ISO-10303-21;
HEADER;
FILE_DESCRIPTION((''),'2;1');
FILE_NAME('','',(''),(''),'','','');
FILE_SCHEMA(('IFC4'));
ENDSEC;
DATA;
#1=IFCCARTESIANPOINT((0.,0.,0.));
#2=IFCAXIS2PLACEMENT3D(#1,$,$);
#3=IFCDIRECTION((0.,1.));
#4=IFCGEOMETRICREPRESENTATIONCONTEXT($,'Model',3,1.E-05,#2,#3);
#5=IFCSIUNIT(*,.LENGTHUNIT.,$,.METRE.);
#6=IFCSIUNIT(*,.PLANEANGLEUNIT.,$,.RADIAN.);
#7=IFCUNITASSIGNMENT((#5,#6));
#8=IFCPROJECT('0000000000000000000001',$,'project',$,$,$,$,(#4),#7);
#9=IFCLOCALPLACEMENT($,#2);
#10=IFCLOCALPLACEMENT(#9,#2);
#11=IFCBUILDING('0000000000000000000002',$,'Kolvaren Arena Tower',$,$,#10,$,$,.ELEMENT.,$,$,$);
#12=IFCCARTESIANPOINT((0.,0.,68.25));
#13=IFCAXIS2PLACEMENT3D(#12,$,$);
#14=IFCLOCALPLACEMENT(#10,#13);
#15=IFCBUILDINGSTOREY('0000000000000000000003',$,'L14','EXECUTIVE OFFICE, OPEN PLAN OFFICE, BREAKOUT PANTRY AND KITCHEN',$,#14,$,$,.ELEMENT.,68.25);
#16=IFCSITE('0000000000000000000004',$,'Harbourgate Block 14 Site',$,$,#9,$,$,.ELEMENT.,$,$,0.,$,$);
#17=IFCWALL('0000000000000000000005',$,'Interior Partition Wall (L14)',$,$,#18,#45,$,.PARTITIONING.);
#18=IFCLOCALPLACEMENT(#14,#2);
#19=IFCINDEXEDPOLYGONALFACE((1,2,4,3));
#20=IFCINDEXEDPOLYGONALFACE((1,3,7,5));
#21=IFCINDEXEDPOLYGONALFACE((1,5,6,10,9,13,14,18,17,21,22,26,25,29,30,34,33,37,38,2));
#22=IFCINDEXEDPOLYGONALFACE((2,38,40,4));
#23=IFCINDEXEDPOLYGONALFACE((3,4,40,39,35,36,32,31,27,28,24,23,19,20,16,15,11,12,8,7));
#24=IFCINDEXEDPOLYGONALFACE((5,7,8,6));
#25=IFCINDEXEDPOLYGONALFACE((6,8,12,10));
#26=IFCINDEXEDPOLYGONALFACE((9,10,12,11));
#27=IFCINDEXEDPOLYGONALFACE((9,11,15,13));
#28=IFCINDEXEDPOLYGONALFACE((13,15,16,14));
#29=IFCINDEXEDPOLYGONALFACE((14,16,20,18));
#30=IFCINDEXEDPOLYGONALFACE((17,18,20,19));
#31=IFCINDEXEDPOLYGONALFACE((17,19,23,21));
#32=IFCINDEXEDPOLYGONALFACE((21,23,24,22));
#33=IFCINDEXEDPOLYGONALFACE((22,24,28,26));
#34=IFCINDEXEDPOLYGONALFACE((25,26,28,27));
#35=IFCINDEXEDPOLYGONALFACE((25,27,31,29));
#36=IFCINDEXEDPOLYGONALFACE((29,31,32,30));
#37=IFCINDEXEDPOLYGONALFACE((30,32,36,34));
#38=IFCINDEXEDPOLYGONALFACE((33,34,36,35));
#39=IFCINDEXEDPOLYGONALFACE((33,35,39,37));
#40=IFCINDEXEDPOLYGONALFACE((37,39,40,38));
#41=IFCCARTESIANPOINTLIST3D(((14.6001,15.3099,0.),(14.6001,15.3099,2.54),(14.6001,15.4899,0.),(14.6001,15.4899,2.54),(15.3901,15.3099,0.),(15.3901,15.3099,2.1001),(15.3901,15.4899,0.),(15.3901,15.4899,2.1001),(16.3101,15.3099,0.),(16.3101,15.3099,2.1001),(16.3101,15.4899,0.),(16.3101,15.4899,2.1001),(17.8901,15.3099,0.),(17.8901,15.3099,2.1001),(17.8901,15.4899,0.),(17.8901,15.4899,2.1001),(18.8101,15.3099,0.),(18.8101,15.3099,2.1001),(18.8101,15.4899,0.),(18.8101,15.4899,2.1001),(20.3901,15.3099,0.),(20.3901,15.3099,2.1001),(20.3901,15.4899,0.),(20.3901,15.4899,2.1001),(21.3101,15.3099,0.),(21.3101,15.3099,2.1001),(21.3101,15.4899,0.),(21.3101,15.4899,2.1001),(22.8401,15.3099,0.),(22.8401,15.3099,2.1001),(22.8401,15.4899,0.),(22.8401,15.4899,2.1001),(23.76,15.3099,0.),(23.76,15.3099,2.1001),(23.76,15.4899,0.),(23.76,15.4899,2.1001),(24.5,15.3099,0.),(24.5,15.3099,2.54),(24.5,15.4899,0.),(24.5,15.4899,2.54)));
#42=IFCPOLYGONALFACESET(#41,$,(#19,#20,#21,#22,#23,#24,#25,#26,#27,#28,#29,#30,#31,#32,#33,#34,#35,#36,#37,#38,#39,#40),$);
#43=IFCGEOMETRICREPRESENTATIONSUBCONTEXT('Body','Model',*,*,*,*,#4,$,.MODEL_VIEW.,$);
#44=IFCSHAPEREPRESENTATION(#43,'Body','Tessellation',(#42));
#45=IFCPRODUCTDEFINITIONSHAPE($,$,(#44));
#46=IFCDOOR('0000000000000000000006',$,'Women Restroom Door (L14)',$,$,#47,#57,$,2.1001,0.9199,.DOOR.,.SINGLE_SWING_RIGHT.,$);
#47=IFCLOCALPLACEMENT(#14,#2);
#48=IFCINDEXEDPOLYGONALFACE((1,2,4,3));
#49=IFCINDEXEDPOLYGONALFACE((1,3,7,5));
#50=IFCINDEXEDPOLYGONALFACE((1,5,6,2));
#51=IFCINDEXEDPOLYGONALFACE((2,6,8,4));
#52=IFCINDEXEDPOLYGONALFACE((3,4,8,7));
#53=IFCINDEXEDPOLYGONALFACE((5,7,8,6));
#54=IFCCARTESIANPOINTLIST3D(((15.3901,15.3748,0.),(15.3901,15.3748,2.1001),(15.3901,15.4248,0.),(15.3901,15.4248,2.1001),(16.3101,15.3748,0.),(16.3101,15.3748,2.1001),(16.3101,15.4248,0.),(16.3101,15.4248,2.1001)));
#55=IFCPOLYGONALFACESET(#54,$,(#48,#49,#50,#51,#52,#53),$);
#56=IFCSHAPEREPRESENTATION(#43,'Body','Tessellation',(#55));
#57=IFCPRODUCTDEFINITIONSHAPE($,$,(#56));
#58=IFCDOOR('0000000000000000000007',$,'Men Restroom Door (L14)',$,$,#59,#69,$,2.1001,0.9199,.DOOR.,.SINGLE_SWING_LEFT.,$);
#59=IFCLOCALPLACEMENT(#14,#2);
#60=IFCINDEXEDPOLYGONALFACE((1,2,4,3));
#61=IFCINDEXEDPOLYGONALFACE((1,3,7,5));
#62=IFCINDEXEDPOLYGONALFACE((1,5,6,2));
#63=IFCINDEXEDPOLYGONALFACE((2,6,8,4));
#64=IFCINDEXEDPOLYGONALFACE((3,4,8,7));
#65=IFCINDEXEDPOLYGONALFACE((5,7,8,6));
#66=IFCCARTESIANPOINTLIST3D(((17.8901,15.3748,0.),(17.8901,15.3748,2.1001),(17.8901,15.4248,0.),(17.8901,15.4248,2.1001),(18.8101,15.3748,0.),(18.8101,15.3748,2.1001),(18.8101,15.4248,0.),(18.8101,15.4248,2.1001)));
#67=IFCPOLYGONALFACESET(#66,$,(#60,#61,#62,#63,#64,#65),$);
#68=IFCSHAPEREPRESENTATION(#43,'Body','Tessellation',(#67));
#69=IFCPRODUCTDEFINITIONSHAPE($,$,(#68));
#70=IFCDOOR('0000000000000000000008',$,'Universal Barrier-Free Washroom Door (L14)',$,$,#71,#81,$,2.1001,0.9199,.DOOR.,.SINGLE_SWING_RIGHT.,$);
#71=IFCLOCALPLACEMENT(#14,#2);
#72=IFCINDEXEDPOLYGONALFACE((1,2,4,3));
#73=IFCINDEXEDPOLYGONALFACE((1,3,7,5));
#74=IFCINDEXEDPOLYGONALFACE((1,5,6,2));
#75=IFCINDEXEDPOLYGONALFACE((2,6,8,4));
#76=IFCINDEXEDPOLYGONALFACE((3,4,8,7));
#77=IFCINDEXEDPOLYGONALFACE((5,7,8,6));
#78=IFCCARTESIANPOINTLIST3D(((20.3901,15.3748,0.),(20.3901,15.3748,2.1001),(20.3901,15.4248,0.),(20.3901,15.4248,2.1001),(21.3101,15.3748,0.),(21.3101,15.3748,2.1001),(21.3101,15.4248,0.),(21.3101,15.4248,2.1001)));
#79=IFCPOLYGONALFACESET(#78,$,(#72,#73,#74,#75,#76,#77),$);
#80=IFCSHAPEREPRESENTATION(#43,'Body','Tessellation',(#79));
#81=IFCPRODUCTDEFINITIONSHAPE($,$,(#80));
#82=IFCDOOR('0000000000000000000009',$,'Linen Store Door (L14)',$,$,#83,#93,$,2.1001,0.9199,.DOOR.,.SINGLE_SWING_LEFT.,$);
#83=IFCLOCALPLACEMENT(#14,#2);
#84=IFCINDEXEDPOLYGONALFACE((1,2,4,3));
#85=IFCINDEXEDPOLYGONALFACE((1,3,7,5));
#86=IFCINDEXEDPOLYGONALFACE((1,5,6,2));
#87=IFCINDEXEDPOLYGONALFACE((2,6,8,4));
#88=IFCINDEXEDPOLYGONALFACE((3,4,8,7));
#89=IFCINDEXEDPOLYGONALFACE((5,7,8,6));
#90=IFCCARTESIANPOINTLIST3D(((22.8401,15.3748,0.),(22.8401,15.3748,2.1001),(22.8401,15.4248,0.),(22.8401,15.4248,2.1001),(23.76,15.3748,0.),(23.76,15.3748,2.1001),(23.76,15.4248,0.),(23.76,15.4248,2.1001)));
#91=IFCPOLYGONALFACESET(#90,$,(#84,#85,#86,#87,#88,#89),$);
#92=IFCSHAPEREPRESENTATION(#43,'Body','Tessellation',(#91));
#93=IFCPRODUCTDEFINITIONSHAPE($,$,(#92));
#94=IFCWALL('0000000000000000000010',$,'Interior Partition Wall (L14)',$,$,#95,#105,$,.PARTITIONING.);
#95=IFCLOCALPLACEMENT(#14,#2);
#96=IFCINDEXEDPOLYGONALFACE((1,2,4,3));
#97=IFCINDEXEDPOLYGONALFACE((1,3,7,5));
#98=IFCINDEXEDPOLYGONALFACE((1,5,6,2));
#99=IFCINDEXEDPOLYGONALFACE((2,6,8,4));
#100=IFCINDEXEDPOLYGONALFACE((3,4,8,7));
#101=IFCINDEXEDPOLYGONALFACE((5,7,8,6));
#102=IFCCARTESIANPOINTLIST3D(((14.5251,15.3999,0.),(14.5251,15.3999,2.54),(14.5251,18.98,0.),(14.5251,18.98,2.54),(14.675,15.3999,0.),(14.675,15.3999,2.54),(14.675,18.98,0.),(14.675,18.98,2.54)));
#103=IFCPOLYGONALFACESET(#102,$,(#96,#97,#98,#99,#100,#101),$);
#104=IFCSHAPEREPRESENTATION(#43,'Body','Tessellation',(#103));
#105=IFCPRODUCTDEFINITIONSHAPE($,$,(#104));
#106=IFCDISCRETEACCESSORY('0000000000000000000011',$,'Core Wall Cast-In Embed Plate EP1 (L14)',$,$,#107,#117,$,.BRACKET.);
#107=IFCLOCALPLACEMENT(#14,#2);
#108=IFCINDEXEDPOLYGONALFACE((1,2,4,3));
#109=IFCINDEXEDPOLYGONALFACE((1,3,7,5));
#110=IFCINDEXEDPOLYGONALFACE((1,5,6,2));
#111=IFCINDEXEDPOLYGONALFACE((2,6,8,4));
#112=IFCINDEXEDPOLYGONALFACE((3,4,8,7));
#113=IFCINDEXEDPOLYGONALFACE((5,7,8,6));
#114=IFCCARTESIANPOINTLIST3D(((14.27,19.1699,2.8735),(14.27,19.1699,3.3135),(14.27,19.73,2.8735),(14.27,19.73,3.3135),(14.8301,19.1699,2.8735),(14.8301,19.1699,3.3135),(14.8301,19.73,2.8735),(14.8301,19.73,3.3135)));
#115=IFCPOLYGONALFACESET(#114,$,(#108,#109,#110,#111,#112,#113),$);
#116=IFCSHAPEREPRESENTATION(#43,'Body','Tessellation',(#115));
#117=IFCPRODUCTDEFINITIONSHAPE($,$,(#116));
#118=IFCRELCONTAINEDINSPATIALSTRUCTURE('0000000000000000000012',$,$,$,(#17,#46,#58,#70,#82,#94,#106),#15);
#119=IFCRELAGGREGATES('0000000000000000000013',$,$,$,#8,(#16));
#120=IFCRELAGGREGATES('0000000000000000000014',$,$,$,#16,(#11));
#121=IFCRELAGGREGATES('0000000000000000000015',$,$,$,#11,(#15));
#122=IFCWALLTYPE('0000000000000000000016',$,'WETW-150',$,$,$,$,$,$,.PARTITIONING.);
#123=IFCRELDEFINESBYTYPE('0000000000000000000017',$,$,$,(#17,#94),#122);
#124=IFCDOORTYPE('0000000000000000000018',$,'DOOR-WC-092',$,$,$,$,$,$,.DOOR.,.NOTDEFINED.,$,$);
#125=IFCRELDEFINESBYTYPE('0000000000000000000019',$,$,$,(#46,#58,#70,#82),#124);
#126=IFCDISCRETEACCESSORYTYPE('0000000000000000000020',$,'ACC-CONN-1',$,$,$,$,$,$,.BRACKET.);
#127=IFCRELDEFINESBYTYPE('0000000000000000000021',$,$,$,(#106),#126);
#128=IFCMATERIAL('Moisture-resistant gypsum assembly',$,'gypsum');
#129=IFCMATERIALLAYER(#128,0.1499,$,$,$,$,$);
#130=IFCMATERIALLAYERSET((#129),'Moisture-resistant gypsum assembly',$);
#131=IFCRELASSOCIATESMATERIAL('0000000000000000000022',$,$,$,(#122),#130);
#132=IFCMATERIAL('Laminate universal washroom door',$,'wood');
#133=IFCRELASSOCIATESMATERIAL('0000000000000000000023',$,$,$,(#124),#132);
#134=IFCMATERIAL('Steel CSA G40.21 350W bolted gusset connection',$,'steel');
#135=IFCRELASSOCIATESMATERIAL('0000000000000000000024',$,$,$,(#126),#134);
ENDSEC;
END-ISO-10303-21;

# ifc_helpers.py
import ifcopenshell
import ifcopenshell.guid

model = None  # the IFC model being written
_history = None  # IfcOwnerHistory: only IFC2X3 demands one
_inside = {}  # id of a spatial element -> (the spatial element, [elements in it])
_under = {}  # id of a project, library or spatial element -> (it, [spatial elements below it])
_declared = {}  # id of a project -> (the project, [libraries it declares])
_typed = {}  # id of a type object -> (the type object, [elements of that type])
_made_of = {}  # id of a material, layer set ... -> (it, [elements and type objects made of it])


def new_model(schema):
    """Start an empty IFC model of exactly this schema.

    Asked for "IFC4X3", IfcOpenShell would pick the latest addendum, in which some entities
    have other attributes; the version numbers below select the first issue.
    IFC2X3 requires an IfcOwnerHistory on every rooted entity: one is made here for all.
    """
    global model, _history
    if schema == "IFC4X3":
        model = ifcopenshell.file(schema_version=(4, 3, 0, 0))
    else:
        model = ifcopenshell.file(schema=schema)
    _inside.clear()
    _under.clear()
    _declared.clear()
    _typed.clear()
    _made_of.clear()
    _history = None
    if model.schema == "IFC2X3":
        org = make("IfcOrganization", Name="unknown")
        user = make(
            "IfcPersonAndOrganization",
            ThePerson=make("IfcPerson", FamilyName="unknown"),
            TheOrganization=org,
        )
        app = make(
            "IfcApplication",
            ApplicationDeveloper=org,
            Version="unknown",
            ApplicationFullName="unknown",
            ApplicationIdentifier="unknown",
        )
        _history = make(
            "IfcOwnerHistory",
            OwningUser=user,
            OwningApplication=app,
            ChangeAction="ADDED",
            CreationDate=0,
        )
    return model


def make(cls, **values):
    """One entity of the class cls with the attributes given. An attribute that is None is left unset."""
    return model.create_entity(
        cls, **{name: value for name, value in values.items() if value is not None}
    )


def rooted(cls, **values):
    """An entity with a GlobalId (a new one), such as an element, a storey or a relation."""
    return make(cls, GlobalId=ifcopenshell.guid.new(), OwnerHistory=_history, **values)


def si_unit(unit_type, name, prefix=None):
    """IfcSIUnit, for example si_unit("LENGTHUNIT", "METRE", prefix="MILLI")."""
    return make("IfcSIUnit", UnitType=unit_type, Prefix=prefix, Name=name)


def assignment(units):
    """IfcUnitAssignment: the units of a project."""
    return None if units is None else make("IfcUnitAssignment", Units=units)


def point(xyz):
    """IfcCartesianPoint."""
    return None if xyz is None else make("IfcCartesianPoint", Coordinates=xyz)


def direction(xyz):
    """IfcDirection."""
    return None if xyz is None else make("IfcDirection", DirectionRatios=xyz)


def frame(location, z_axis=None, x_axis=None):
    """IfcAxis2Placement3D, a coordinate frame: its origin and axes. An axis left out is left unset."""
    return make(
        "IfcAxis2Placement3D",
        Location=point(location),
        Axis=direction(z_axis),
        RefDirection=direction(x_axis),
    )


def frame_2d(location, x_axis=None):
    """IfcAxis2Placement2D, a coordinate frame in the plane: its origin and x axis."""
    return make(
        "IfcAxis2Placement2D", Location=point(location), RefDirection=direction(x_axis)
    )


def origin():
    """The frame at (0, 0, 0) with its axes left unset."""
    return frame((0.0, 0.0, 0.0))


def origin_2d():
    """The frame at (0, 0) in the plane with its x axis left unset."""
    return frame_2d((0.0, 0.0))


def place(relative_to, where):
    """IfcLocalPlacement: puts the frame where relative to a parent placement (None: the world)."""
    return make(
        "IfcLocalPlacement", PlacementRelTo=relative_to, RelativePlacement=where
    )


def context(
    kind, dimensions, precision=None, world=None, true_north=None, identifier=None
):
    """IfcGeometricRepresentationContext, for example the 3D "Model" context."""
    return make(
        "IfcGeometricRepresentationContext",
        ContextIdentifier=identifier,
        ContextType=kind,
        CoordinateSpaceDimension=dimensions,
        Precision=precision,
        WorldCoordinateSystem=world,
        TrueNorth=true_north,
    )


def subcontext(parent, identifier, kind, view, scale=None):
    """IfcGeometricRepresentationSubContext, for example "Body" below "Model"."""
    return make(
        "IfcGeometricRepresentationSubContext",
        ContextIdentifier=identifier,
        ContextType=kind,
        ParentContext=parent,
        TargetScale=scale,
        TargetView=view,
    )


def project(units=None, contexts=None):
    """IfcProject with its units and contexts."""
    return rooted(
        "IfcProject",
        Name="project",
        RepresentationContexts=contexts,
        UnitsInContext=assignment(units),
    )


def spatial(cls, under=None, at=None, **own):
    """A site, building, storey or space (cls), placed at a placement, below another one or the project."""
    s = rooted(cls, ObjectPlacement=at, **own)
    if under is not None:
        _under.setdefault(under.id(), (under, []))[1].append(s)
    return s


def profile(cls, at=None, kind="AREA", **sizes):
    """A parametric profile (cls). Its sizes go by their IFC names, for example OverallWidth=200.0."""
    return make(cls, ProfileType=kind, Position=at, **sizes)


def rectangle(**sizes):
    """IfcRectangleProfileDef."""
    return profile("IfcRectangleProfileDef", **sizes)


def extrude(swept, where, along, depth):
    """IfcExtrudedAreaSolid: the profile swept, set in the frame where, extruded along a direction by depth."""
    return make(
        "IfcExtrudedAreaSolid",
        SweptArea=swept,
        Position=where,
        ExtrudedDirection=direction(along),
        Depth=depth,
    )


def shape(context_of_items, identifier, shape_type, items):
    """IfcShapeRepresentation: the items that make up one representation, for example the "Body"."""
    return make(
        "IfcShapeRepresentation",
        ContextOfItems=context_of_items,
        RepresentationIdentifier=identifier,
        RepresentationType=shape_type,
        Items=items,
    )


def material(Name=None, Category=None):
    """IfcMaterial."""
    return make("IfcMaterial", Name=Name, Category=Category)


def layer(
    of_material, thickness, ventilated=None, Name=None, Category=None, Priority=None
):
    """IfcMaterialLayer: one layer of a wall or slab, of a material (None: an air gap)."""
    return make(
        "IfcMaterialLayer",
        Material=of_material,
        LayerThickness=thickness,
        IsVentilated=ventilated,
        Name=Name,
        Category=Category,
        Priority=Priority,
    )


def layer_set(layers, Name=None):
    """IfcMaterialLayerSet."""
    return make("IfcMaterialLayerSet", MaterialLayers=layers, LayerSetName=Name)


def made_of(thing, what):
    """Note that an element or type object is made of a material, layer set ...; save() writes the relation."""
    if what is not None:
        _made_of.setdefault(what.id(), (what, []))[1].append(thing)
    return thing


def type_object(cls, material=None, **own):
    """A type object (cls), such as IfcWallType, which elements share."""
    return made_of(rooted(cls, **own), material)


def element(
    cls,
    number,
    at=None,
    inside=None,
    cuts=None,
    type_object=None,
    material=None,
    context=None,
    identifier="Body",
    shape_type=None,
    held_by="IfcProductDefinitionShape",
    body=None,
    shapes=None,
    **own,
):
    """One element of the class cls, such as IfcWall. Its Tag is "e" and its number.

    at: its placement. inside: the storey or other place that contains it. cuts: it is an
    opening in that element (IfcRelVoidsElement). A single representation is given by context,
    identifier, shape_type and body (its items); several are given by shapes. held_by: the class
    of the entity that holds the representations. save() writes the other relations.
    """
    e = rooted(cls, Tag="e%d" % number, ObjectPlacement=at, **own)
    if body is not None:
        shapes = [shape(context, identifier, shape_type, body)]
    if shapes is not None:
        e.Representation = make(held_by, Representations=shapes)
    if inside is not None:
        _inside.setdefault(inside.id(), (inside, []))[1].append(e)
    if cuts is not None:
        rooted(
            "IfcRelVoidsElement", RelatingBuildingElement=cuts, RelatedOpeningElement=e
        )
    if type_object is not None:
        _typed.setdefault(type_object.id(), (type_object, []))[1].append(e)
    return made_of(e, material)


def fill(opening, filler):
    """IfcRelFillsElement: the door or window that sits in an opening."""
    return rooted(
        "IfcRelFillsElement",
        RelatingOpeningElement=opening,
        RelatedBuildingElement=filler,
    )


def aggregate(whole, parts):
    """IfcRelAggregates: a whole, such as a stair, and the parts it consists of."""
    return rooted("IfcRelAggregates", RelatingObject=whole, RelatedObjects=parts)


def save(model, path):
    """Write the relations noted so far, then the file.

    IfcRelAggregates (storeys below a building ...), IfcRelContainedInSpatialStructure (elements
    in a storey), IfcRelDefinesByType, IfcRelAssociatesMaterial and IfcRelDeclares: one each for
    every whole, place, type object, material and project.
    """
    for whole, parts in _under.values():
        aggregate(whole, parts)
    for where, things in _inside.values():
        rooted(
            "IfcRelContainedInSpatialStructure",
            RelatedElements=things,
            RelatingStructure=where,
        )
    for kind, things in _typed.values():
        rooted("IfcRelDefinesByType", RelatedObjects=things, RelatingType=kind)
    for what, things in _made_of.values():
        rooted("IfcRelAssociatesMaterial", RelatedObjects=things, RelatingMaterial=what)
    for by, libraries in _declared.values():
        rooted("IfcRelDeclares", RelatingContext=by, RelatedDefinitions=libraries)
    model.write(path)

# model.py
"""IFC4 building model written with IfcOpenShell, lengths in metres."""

from ifc_helpers import new_model, si_unit, direction, frame, frame_2d, origin, origin_2d, place, context, subcontext, project, spatial, rectangle, extrude, material, layer, layer_set, type_object, element, fill, save


model = new_model("IFC4")

# Units and contexts
model_context = context("Model", 3, precision=1e-05, world=origin(), true_north=direction((0.0, 1.0)))
body_context = subcontext(model_context, "Body", "Model", "MODEL_VIEW")
ifc_project = project(units=[si_unit("LENGTHUNIT", "METRE"), si_unit("PLANEANGLEUNIT", "RADIAN")], contexts=[model_context])

# Site, building, storey
site_placement = place(None, origin())
site = spatial("IfcSite", under=ifc_project, at=site_placement, Name="Harbourgate Block 14 Site", CompositionType="ELEMENT", RefElevation=0.0)
building_placement = place(site_placement, origin())
building = spatial("IfcBuilding", under=site, at=building_placement, Name="Kolvaren Arena Tower", CompositionType="ELEMENT")
storey_placement = place(building_placement, frame((0.0, 0.0, 68.25)))
storey = spatial("IfcBuildingStorey", under=building, at=storey_placement, Name="L14", Description="EXECUTIVE OFFICE, OPEN PLAN OFFICE, BREAKOUT PANTRY AND KITCHEN", CompositionType="ELEMENT", Elevation=68.25)

# Wall, openings, doors
ifc_material_1 = material(Name="Moisture-resistant gypsum assembly", Category="gypsum")
ifc_layer_1 = layer(ifc_material_1, 0.1499)
ifc_layer_set_1 = layer_set([ifc_layer_1], Name="Moisture-resistant gypsum assembly")
wall_type_1 = type_object("IfcWallType", Name="WETW-150", PredefinedType="PARTITIONING", material=ifc_layer_set_1)
wall_1_placement = place(storey_placement, frame((14.6001, 15.3999, 0.0), z_axis=(0.0, 0.0, 1.0), x_axis=(1.0, 0.0, 0.0)))
wall_1 = element("IfcWall", 1, at=wall_1_placement, inside=storey, type_object=wall_type_1, Name="Interior Partition Wall (L14)", PredefinedType="PARTITIONING", context=body_context, shape_type="SweptSolid", body=[
    extrude(rectangle(XDim=9.8999, YDim=0.1799, at=frame_2d((4.95, 0.0))), origin(), (0.0, 0.0, 1.0), 2.54),
])
opening_1_placement = place(wall_1_placement, frame((0.79, 0.0, 0.0)))
opening_1 = element("IfcOpeningElement", 2, at=opening_1_placement, cuts=wall_1, PredefinedType="OPENING", context=body_context, shape_type="SweptSolid", body=[
    extrude(rectangle(XDim=0.9199, YDim=2.1001, at=frame_2d((0.46, 1.05))), frame((0.0, 0.0999, 0.0), z_axis=(0.0, -1.0, 0.0), x_axis=(1.0, 0.0, 0.0)), (0.0, 0.0, 1.0), 0.2),
])
opening_2_placement = place(wall_1_placement, frame((3.29, 0.0, 0.0)))
opening_2 = element("IfcOpeningElement", 3, at=opening_2_placement, cuts=wall_1, PredefinedType="OPENING", context=body_context, shape_type="SweptSolid", body=[
    extrude(rectangle(XDim=0.9199, YDim=2.1001, at=frame_2d((0.46, 1.05))), frame((0.0, 0.0999, 0.0), z_axis=(0.0, -1.0, 0.0), x_axis=(1.0, 0.0, 0.0)), (0.0, 0.0, 1.0), 0.2),
])
opening_3_placement = place(wall_1_placement, frame((5.79, 0.0, 0.0)))
opening_3 = element("IfcOpeningElement", 4, at=opening_3_placement, cuts=wall_1, PredefinedType="OPENING", context=body_context, shape_type="SweptSolid", body=[
    extrude(rectangle(XDim=0.9199, YDim=2.1001, at=frame_2d((0.46, 1.05))), frame((0.0, 0.0999, 0.0), z_axis=(0.0, -1.0, 0.0), x_axis=(1.0, 0.0, 0.0)), (0.0, 0.0, 1.0), 0.2),
])
opening_4_placement = place(wall_1_placement, frame((8.24, 0.0, 0.0)))
opening_4 = element("IfcOpeningElement", 5, at=opening_4_placement, cuts=wall_1, PredefinedType="OPENING", context=body_context, shape_type="SweptSolid", body=[
    extrude(rectangle(XDim=0.9199, YDim=2.1001, at=frame_2d((0.46, 1.05))), frame((0.0, 0.0999, 0.0), z_axis=(0.0, -1.0, 0.0), x_axis=(1.0, 0.0, 0.0)), (0.0, 0.0, 1.0), 0.2),
])
ifc_material_2 = material(Name="Laminate universal washroom door", Category="wood")
door_type_1 = type_object("IfcDoorType", Name="DOOR-WC-092", OperationType="NOTDEFINED", PredefinedType="DOOR", material=ifc_material_2)
door_1_placement = place(opening_1_placement, origin())
door_1 = element("IfcDoor", 6, at=door_1_placement, inside=storey, type_object=door_type_1, Name="Women Restroom Door (L14)", OperationType="SINGLE_SWING_RIGHT", OverallHeight=2.1001, OverallWidth=0.9199, PredefinedType="DOOR", context=body_context, shape_type="SweptSolid", body=[
    extrude(rectangle(XDim=0.9199, YDim=2.1001, at=frame_2d((0.46, 1.05))), frame((0.0, 0.0249, 0.0), z_axis=(0.0, -1.0, 0.0), x_axis=(1.0, 0.0, 0.0)), (0.0, 0.0, 1.0), 0.05),
])
fill(opening_1, door_1)
door_2_placement = place(opening_2_placement, origin())
door_2 = element("IfcDoor", 7, at=door_2_placement, inside=storey, type_object=door_type_1, Name="Men Restroom Door (L14)", OperationType="SINGLE_SWING_LEFT", OverallHeight=2.1001, OverallWidth=0.9199, PredefinedType="DOOR", context=body_context, shape_type="SweptSolid", body=[
    extrude(rectangle(XDim=0.9199, YDim=2.1001, at=frame_2d((0.46, 1.05))), frame((0.0, 0.0249, 0.0), z_axis=(0.0, -1.0, 0.0), x_axis=(1.0, 0.0, 0.0)), (0.0, 0.0, 1.0), 0.05),
])
fill(opening_2, door_2)
door_3_placement = place(opening_3_placement, origin())
door_3 = element("IfcDoor", 8, at=door_3_placement, inside=storey, type_object=door_type_1, Name="Universal Barrier-Free Washroom Door (L14)", OperationType="SINGLE_SWING_RIGHT", OverallHeight=2.1001, OverallWidth=0.9199, PredefinedType="DOOR", context=body_context, shape_type="SweptSolid", body=[
    extrude(rectangle(XDim=0.9199, YDim=2.1001, at=frame_2d((0.46, 1.05))), frame((0.0, 0.0249, 0.0), z_axis=(0.0, -1.0, 0.0), x_axis=(1.0, 0.0, 0.0)), (0.0, 0.0, 1.0), 0.05),
])
fill(opening_3, door_3)
door_4_placement = place(opening_4_placement, origin())
door_4 = element("IfcDoor", 9, at=door_4_placement, inside=storey, type_object=door_type_1, Name="Linen Store Door (L14)", OperationType="SINGLE_SWING_LEFT", OverallHeight=2.1001, OverallWidth=0.9199, PredefinedType="DOOR", context=body_context, shape_type="SweptSolid", body=[
    extrude(rectangle(XDim=0.9199, YDim=2.1001, at=frame_2d((0.46, 1.05))), frame((0.0, 0.0249, 0.0), z_axis=(0.0, -1.0, 0.0), x_axis=(1.0, 0.0, 0.0)), (0.0, 0.0, 1.0), 0.05),
])
fill(opening_4, door_4)

# Wall
wall_2_placement = place(storey_placement, frame((14.6001, 15.3999, 0.0), z_axis=(0.0, 0.0, 1.0), x_axis=(0.0, 1.0, 0.0)))
element("IfcWall", 10, at=wall_2_placement, inside=storey, type_object=wall_type_1, Name="Interior Partition Wall (L14)", PredefinedType="PARTITIONING", context=body_context, shape_type="SweptSolid", body=[
    extrude(rectangle(XDim=3.5801, YDim=0.1499, at=frame_2d((1.79, 0.0))), origin(), (0.0, 0.0, 1.0), 2.54),
])

# Discrete accessory
ifc_material_3 = material(Name="Steel CSA G40.21 350W bolted gusset connection", Category="steel")
discrete_accessory_type = type_object("IfcDiscreteAccessoryType", Name="ACC-CONN-1", PredefinedType="BRACKET", material=ifc_material_3)
discrete_accessory_placement = place(storey_placement, frame((14.55, 19.45, 2.8735), z_axis=(0.0, 0.0, 1.0), x_axis=(1.0, 0.0, 0.0)))
element("IfcDiscreteAccessory", 11, at=discrete_accessory_placement, inside=storey, type_object=discrete_accessory_type, Name="Core Wall Cast-In Embed Plate EP1 (L14)", PredefinedType="BRACKET", context=body_context, shape_type="SweptSolid", body=[
    extrude(rectangle(XDim=0.5601, YDim=0.5601, at=origin_2d()), origin(), (0.0, 0.0, 1.0), 0.4399),
])

save(model, "model.ifc")
